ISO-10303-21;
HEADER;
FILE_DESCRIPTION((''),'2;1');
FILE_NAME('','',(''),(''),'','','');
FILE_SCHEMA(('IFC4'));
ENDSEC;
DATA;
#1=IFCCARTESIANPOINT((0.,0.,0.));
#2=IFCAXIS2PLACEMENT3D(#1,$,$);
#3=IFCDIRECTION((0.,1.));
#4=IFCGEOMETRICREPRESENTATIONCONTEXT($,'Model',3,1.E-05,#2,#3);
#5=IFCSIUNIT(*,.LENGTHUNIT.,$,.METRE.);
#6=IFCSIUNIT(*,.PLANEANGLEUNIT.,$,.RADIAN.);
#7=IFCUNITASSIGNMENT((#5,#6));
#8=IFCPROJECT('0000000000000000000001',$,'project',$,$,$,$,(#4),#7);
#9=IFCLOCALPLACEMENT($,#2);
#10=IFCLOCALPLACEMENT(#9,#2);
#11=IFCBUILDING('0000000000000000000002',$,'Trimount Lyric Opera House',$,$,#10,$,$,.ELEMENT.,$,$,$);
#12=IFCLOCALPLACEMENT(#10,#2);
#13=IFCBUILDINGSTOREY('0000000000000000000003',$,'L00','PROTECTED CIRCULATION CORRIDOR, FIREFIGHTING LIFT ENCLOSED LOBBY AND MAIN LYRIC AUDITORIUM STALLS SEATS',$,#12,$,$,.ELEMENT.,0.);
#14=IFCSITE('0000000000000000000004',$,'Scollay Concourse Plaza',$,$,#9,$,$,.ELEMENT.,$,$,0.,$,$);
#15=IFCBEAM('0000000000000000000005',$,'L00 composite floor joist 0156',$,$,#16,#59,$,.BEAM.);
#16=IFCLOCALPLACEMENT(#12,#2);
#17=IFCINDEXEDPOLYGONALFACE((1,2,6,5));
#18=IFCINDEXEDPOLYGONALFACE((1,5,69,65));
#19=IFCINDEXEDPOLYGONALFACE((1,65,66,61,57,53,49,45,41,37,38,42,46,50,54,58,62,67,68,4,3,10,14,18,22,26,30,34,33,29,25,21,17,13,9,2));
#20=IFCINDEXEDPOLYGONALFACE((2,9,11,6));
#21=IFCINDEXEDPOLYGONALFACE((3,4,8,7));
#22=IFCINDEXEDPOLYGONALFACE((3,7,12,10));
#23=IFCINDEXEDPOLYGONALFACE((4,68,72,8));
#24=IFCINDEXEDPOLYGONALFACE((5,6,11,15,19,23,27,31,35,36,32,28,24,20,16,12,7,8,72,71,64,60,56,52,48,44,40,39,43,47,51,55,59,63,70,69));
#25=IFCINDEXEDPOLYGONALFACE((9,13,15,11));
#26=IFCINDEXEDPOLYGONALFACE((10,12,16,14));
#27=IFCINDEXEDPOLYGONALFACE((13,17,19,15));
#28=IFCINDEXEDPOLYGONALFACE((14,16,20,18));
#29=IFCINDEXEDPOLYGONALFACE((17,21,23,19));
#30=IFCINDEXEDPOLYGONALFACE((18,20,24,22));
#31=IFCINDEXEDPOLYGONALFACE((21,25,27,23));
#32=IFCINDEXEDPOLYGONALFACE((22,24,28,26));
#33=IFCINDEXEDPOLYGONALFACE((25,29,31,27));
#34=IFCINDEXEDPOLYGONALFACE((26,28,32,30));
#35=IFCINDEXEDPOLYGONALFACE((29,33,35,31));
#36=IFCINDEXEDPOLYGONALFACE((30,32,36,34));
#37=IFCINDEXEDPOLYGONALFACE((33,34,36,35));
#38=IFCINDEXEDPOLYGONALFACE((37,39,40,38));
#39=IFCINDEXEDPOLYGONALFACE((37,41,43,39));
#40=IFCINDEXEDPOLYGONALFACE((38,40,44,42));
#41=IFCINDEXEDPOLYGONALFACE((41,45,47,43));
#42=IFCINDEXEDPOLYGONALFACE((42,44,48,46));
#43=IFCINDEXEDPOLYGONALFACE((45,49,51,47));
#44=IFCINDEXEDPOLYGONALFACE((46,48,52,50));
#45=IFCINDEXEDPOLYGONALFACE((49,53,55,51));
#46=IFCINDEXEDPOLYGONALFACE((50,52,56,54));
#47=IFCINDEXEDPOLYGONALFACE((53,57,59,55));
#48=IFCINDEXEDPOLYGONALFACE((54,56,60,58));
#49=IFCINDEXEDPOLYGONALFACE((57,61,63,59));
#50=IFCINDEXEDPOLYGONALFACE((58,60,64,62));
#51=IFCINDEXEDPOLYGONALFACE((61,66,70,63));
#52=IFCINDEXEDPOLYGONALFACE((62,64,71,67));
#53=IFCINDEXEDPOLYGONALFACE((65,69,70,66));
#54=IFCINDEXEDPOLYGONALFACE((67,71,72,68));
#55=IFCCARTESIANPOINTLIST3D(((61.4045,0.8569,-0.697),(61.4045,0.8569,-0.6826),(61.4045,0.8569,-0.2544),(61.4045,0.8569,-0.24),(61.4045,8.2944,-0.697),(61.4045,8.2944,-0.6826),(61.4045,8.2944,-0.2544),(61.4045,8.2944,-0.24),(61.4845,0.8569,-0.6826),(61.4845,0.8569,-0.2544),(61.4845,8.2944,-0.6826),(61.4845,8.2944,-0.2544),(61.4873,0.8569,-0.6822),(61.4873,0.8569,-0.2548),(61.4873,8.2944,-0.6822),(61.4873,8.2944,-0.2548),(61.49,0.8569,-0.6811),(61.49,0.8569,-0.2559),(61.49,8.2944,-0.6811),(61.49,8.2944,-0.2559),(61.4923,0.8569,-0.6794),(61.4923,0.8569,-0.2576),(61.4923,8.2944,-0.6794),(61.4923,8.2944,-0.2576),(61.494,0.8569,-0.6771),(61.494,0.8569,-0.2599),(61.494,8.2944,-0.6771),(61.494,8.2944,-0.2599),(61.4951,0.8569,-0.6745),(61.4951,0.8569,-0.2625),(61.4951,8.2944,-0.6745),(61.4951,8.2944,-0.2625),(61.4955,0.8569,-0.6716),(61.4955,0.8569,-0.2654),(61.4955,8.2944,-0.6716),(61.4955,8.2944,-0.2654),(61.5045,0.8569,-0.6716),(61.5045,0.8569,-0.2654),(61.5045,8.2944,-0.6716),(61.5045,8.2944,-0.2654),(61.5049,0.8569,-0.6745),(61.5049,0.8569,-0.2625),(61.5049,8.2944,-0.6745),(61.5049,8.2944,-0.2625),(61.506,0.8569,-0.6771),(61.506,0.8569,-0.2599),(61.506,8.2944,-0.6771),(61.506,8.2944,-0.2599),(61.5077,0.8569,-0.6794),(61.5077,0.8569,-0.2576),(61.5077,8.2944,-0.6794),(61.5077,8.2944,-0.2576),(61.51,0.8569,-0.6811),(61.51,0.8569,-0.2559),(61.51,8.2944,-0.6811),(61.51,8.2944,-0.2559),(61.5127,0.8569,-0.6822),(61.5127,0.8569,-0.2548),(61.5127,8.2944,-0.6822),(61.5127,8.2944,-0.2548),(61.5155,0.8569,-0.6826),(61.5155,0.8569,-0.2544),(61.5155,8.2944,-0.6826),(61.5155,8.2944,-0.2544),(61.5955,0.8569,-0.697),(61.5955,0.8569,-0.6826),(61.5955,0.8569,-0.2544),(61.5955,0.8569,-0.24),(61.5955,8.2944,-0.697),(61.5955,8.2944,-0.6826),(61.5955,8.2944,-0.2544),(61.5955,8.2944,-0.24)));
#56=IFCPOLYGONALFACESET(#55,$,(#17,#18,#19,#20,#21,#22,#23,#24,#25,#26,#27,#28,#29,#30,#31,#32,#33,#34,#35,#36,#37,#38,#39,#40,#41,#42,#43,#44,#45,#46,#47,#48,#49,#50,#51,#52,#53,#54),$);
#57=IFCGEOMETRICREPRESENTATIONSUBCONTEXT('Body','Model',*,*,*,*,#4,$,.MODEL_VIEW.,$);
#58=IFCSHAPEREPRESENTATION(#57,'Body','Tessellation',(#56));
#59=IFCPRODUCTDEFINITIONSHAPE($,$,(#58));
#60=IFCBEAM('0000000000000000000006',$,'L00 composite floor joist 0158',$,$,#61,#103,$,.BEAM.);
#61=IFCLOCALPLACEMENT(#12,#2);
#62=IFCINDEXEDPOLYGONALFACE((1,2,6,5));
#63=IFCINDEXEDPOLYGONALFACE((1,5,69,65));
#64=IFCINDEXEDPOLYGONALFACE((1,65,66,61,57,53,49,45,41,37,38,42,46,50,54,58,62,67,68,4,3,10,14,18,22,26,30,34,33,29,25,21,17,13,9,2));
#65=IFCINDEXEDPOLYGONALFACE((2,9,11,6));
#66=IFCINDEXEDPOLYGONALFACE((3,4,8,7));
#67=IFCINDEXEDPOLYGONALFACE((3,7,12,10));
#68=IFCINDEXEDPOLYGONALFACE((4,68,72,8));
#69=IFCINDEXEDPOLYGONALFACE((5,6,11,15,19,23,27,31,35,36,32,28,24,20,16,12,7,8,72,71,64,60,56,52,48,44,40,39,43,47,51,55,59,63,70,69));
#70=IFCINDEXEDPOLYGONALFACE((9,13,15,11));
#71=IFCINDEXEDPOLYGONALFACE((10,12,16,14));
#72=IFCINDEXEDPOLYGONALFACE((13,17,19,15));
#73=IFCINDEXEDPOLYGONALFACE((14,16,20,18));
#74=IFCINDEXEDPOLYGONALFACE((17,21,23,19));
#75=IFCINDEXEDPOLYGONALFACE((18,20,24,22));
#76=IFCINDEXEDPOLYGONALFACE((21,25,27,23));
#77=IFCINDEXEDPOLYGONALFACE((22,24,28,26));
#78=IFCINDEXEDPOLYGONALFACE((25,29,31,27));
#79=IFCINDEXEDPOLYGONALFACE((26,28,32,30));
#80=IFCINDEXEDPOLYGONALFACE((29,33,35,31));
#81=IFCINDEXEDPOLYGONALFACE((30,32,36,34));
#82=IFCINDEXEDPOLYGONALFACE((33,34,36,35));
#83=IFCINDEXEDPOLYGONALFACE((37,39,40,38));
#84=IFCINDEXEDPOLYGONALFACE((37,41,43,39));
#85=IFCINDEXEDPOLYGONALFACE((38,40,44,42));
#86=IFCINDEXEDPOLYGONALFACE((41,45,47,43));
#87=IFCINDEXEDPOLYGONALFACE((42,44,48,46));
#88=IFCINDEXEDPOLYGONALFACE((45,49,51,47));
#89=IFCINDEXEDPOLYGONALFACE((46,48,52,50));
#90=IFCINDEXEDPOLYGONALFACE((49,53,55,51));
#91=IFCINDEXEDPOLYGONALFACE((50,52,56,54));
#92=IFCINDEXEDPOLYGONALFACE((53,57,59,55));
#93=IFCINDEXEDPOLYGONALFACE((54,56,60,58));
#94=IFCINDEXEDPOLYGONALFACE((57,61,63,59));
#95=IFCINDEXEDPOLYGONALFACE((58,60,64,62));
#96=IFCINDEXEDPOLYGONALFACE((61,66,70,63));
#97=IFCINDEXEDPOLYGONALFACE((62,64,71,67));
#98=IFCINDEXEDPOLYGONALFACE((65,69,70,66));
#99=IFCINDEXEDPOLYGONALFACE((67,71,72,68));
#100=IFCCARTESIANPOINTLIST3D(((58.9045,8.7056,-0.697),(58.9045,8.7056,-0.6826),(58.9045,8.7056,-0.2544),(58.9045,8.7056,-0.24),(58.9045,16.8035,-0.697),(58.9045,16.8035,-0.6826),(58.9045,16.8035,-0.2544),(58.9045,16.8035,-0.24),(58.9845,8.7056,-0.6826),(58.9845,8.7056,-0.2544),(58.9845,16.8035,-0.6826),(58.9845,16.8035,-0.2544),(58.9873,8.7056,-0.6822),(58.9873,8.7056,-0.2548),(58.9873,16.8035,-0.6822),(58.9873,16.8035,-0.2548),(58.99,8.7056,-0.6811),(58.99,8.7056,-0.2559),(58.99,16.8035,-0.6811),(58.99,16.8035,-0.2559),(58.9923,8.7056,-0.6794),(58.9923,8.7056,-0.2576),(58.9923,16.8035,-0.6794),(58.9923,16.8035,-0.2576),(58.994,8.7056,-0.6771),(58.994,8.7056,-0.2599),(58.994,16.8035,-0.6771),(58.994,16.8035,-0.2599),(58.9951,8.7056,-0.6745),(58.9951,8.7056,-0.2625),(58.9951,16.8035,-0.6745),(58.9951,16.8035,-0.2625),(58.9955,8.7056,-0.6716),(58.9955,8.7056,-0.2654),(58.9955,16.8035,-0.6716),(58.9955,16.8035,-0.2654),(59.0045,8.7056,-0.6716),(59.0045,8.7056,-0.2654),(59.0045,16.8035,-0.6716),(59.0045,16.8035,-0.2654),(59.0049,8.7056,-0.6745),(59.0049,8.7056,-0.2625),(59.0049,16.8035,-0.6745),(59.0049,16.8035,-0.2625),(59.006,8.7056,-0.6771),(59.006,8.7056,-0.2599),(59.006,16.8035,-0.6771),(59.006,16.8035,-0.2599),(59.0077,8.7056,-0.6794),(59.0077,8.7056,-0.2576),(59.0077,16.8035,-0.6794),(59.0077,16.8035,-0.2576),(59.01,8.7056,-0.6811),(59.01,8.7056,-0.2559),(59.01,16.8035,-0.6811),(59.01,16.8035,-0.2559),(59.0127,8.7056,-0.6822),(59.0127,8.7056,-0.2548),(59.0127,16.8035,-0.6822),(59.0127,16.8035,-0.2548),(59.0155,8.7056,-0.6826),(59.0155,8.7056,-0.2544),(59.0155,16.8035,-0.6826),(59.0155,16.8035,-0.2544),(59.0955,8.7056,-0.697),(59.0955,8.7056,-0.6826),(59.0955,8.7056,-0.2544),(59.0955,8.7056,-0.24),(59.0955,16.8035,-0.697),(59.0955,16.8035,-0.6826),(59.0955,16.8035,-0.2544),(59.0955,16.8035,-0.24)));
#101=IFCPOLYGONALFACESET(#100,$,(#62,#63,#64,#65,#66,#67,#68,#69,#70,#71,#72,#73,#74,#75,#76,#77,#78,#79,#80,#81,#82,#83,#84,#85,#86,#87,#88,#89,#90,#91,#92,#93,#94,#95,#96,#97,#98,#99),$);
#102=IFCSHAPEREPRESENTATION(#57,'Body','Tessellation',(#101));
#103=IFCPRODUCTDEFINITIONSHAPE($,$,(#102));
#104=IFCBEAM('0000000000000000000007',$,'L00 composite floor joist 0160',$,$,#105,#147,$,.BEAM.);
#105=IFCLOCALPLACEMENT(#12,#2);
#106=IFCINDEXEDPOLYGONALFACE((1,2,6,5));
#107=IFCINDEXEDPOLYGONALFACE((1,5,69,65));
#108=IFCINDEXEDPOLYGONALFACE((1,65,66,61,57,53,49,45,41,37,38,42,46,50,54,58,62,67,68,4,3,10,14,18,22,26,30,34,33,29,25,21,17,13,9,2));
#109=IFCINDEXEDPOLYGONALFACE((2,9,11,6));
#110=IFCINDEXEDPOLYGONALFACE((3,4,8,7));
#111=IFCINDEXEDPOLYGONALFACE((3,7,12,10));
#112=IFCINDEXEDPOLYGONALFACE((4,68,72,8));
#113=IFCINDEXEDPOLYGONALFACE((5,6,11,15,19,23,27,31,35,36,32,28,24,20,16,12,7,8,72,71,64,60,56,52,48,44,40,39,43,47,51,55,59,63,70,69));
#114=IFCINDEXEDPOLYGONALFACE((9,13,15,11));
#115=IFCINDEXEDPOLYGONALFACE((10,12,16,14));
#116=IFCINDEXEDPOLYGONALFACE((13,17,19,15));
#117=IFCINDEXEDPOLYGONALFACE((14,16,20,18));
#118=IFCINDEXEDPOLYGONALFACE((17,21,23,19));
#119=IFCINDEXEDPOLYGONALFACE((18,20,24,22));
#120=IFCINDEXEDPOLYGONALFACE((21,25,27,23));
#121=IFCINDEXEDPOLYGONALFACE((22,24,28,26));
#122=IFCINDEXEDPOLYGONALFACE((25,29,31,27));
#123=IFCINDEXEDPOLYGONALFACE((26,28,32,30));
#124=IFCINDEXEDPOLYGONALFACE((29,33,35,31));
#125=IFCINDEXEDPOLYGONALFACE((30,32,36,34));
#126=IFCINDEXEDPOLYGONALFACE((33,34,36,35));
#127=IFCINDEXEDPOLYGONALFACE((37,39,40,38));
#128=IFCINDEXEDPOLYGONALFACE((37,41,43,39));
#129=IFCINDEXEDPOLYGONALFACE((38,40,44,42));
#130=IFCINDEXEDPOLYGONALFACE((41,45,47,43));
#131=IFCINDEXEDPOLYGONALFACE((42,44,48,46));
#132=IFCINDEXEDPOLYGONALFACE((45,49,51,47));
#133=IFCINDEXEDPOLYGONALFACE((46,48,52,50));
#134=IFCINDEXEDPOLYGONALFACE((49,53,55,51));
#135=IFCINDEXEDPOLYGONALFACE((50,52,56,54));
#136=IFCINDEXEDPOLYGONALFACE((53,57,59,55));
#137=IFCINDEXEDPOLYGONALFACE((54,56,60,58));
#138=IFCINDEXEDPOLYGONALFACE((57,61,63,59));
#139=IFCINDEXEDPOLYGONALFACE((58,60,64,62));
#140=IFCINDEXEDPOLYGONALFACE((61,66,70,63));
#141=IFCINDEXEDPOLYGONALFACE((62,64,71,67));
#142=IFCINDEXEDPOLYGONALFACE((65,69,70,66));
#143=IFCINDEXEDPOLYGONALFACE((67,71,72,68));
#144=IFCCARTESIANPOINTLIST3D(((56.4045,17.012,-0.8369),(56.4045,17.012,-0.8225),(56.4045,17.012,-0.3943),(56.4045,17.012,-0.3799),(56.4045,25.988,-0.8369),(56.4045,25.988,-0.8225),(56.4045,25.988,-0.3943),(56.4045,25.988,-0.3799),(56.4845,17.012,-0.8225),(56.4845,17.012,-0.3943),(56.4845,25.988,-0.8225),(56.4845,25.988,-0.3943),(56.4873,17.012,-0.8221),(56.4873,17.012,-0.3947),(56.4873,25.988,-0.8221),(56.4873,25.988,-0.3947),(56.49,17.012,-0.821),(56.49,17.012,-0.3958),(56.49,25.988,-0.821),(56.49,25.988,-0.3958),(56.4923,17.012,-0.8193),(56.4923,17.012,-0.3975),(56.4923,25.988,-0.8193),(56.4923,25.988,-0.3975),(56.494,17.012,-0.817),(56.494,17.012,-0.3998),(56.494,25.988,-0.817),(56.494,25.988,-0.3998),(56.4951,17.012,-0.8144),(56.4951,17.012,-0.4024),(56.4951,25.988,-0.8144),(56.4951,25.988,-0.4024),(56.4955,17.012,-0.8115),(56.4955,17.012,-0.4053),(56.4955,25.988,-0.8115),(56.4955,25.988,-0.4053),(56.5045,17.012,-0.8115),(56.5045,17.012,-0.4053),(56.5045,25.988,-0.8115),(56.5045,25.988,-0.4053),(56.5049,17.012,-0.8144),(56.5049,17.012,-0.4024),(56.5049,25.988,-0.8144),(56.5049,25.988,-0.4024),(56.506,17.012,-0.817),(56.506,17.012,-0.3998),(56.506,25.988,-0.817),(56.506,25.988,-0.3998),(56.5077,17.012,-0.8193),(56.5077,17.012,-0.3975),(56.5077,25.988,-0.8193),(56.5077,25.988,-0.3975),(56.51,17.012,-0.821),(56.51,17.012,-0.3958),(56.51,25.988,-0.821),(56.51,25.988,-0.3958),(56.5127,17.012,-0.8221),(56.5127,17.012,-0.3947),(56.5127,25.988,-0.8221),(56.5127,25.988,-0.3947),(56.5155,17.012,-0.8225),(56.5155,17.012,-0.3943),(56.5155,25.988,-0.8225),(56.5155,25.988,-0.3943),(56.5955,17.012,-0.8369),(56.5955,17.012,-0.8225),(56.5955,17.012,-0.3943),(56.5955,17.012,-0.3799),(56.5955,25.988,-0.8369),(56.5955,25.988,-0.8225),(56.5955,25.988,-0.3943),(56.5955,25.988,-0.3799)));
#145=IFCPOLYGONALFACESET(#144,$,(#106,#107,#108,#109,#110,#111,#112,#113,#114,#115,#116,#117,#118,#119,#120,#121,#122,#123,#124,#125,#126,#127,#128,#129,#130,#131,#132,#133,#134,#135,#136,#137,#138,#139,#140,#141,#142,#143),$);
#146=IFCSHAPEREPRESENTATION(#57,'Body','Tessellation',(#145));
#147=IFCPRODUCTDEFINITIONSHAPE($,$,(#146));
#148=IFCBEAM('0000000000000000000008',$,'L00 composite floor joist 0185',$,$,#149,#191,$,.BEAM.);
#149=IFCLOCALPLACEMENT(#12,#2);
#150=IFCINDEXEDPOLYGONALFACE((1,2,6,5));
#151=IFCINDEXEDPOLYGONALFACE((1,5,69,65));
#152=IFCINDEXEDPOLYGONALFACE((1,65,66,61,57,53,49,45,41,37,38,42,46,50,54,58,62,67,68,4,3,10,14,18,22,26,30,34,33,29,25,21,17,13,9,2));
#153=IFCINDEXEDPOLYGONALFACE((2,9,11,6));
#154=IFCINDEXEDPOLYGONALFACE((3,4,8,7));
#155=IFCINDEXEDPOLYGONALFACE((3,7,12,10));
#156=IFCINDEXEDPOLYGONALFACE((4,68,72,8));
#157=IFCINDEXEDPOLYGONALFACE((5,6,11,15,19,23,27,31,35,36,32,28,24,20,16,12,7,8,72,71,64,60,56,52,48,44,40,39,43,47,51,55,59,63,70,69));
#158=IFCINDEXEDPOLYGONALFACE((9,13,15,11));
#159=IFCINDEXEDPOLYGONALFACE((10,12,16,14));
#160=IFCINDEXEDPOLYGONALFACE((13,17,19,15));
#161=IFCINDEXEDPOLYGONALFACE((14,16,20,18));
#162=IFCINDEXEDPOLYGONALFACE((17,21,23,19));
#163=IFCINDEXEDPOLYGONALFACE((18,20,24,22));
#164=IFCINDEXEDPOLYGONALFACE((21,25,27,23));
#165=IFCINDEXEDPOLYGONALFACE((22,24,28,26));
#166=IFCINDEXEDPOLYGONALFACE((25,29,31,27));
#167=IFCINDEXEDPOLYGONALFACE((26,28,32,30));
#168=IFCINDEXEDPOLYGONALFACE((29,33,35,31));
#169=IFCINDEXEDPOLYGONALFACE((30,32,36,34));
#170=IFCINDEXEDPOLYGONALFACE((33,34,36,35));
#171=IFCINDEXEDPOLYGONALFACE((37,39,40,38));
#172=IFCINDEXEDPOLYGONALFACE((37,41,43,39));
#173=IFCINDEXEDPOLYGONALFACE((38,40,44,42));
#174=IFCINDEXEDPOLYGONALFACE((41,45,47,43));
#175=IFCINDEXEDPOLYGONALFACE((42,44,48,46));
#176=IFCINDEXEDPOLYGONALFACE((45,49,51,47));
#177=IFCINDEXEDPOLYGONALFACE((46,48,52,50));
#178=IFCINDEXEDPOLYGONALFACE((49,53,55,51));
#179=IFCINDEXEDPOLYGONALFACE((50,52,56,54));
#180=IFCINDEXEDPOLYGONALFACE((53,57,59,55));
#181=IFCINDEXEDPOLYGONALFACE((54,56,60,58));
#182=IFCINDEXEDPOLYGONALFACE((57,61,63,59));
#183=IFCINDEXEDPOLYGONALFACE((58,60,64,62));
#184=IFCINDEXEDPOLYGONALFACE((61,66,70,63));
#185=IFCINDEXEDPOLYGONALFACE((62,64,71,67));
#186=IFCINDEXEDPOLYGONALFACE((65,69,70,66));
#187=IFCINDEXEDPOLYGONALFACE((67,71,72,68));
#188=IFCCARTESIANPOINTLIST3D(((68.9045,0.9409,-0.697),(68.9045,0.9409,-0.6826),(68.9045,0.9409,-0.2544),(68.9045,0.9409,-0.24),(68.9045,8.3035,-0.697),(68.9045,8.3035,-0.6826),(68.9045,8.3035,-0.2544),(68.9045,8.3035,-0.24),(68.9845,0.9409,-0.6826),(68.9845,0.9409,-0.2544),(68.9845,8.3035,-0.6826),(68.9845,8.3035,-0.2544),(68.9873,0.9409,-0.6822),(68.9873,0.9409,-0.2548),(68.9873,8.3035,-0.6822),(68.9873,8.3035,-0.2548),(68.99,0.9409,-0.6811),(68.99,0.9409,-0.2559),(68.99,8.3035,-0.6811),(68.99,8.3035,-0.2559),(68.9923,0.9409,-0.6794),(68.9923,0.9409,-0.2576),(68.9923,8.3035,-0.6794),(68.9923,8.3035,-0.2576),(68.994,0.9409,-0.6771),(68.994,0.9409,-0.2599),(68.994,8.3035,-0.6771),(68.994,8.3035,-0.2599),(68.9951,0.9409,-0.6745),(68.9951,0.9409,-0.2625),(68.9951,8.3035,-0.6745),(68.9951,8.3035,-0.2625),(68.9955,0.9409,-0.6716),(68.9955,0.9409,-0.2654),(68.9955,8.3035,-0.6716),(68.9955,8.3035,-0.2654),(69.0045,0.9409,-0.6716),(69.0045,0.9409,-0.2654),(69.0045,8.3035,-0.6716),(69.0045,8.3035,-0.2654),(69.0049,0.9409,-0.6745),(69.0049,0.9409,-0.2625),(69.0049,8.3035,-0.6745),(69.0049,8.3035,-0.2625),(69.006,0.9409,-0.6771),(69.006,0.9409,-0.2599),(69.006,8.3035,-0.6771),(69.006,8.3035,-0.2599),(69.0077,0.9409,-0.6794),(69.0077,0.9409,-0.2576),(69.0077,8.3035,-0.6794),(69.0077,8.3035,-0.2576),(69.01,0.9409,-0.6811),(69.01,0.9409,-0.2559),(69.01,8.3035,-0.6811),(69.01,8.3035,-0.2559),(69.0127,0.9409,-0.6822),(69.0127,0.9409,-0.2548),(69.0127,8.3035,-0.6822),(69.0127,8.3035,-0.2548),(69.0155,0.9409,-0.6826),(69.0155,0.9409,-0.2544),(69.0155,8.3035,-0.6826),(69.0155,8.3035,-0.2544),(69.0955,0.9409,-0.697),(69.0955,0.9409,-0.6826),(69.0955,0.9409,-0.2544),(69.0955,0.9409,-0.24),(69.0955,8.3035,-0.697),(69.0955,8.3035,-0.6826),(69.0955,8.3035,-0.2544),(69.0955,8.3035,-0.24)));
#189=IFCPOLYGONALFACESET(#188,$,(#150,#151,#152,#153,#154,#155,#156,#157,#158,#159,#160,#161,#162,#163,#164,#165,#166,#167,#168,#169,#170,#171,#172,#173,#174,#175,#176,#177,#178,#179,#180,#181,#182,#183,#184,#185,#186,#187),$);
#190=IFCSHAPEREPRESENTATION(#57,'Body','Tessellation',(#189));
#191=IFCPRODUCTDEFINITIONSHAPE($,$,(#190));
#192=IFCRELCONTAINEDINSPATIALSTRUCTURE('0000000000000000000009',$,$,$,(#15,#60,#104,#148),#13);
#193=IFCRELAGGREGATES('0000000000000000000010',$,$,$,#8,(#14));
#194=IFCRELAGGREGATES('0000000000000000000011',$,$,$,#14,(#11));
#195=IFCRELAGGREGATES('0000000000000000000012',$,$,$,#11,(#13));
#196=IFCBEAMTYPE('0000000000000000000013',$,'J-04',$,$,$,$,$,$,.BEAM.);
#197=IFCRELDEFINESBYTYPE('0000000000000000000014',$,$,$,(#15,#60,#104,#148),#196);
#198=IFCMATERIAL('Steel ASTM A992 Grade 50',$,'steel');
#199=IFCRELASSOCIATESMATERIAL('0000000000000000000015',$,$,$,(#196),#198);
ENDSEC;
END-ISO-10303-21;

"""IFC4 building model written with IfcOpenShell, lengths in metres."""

from ifc_helpers import new_model, si_unit, direction, frame, origin, origin_2d, place, context, subcontext, project, spatial, i_section, extrude, material, material_profile, profile_set, type_object, element, save


model = new_model("IFC4")

# Units and contexts
model_context = context("Model", 3, precision=1e-05, world=origin(), true_north=direction((0.0, 1.0)))
body_context = subcontext(model_context, "Body", "Model", "MODEL_VIEW")
ifc_project = project(units=[si_unit("LENGTHUNIT", "METRE"), si_unit("PLANEANGLEUNIT", "RADIAN")], contexts=[model_context])

# Site, building, storey
site_placement = place(None, origin())
site = spatial("IfcSite", under=ifc_project, at=site_placement, Name="Scollay Concourse Plaza", CompositionType="ELEMENT", RefElevation=0.0)
building_placement = place(site_placement, origin())
building = spatial("IfcBuilding", under=site, at=building_placement, Name="Trimount Lyric Opera House", CompositionType="ELEMENT")
storey_placement = place(building_placement, origin())
storey = spatial("IfcBuildingStorey", under=building, at=storey_placement, Name="L00", Description="PROTECTED CIRCULATION CORRIDOR, FIREFIGHTING LIFT ENCLOSED LOBBY AND MAIN LYRIC AUDITORIUM STALLS SEATS", CompositionType="ELEMENT", Elevation=0.0)

# Beams
ifc_material_1 = material(Name="Steel ASTM A992 Grade 50", Category="steel")
ifc_material_profile_1 = material_profile(ifc_material_1, i_section(OverallWidth=0.1909, OverallDepth=0.457, WebThickness=0.009, FlangeThickness=0.0144, FilletRadius=0.011, at=origin_2d()), Name="W18X50")
ifc_profile_set_1 = profile_set([ifc_material_profile_1], Name="Steel ASTM A992 Grade 50")
beam_type_1 = type_object("IfcBeamType", Name="J-04", PredefinedType="BEAM", material=ifc_profile_set_1)
beam_1_placement = place(storey_placement, frame((61.5, 0.8569, -0.4685), z_axis=(0.0, 1.0, 0.0), x_axis=(-1.0, 0.0, 0.0)))
element("IfcBeam", 1, at=beam_1_placement, inside=storey, type_object=beam_type_1, Name="L00 composite floor joist 0156", PredefinedType="BEAM", context=body_context, shape_type="SweptSolid", body=[
    extrude(i_section(OverallWidth=0.1909, OverallDepth=0.457, WebThickness=0.009, FlangeThickness=0.0144, FilletRadius=0.011, at=origin_2d()), origin(), (0.0, 0.0, 1.0), 7.4375),
])
beam_2_placement = place(storey_placement, frame((59.0, 8.7056, -0.4685), z_axis=(0.0, 1.0, 0.0), x_axis=(-1.0, 0.0, 0.0)))
element("IfcBeam", 2, at=beam_2_placement, inside=storey, type_object=beam_type_1, Name="L00 composite floor joist 0158", PredefinedType="BEAM", context=body_context, shape_type="SweptSolid", body=[
    extrude(i_section(OverallWidth=0.1909, OverallDepth=0.457, WebThickness=0.009, FlangeThickness=0.0144, FilletRadius=0.011, at=origin_2d()), origin(), (0.0, 0.0, 1.0), 8.0979),
])
beam_3_placement = place(storey_placement, frame((56.5, 17.012, -0.6084), z_axis=(0.0, 1.0, 0.0), x_axis=(-1.0, 0.0, 0.0)))
element("IfcBeam", 3, at=beam_3_placement, inside=storey, type_object=beam_type_1, Name="L00 composite floor joist 0160", PredefinedType="BEAM", context=body_context, shape_type="SweptSolid", body=[
    extrude(i_section(OverallWidth=0.1909, OverallDepth=0.457, WebThickness=0.009, FlangeThickness=0.0144, FilletRadius=0.011, at=origin_2d()), origin(), (0.0, 0.0, 1.0), 8.9761),
])
beam_4_placement = place(storey_placement, frame((69.0, 0.9409, -0.4685), z_axis=(0.0, 1.0, 0.0), x_axis=(-1.0, 0.0, 0.0)))
element("IfcBeam", 4, at=beam_4_placement, inside=storey, type_object=beam_type_1, Name="L00 composite floor joist 0185", PredefinedType="BEAM", context=body_context, shape_type="SweptSolid", body=[
    extrude(i_section(OverallWidth=0.1909, OverallDepth=0.457, WebThickness=0.009, FlangeThickness=0.0144, FilletRadius=0.011, at=origin_2d()), origin(), (0.0, 0.0, 1.0), 7.3625),
])

save(model, "model.ifc")
